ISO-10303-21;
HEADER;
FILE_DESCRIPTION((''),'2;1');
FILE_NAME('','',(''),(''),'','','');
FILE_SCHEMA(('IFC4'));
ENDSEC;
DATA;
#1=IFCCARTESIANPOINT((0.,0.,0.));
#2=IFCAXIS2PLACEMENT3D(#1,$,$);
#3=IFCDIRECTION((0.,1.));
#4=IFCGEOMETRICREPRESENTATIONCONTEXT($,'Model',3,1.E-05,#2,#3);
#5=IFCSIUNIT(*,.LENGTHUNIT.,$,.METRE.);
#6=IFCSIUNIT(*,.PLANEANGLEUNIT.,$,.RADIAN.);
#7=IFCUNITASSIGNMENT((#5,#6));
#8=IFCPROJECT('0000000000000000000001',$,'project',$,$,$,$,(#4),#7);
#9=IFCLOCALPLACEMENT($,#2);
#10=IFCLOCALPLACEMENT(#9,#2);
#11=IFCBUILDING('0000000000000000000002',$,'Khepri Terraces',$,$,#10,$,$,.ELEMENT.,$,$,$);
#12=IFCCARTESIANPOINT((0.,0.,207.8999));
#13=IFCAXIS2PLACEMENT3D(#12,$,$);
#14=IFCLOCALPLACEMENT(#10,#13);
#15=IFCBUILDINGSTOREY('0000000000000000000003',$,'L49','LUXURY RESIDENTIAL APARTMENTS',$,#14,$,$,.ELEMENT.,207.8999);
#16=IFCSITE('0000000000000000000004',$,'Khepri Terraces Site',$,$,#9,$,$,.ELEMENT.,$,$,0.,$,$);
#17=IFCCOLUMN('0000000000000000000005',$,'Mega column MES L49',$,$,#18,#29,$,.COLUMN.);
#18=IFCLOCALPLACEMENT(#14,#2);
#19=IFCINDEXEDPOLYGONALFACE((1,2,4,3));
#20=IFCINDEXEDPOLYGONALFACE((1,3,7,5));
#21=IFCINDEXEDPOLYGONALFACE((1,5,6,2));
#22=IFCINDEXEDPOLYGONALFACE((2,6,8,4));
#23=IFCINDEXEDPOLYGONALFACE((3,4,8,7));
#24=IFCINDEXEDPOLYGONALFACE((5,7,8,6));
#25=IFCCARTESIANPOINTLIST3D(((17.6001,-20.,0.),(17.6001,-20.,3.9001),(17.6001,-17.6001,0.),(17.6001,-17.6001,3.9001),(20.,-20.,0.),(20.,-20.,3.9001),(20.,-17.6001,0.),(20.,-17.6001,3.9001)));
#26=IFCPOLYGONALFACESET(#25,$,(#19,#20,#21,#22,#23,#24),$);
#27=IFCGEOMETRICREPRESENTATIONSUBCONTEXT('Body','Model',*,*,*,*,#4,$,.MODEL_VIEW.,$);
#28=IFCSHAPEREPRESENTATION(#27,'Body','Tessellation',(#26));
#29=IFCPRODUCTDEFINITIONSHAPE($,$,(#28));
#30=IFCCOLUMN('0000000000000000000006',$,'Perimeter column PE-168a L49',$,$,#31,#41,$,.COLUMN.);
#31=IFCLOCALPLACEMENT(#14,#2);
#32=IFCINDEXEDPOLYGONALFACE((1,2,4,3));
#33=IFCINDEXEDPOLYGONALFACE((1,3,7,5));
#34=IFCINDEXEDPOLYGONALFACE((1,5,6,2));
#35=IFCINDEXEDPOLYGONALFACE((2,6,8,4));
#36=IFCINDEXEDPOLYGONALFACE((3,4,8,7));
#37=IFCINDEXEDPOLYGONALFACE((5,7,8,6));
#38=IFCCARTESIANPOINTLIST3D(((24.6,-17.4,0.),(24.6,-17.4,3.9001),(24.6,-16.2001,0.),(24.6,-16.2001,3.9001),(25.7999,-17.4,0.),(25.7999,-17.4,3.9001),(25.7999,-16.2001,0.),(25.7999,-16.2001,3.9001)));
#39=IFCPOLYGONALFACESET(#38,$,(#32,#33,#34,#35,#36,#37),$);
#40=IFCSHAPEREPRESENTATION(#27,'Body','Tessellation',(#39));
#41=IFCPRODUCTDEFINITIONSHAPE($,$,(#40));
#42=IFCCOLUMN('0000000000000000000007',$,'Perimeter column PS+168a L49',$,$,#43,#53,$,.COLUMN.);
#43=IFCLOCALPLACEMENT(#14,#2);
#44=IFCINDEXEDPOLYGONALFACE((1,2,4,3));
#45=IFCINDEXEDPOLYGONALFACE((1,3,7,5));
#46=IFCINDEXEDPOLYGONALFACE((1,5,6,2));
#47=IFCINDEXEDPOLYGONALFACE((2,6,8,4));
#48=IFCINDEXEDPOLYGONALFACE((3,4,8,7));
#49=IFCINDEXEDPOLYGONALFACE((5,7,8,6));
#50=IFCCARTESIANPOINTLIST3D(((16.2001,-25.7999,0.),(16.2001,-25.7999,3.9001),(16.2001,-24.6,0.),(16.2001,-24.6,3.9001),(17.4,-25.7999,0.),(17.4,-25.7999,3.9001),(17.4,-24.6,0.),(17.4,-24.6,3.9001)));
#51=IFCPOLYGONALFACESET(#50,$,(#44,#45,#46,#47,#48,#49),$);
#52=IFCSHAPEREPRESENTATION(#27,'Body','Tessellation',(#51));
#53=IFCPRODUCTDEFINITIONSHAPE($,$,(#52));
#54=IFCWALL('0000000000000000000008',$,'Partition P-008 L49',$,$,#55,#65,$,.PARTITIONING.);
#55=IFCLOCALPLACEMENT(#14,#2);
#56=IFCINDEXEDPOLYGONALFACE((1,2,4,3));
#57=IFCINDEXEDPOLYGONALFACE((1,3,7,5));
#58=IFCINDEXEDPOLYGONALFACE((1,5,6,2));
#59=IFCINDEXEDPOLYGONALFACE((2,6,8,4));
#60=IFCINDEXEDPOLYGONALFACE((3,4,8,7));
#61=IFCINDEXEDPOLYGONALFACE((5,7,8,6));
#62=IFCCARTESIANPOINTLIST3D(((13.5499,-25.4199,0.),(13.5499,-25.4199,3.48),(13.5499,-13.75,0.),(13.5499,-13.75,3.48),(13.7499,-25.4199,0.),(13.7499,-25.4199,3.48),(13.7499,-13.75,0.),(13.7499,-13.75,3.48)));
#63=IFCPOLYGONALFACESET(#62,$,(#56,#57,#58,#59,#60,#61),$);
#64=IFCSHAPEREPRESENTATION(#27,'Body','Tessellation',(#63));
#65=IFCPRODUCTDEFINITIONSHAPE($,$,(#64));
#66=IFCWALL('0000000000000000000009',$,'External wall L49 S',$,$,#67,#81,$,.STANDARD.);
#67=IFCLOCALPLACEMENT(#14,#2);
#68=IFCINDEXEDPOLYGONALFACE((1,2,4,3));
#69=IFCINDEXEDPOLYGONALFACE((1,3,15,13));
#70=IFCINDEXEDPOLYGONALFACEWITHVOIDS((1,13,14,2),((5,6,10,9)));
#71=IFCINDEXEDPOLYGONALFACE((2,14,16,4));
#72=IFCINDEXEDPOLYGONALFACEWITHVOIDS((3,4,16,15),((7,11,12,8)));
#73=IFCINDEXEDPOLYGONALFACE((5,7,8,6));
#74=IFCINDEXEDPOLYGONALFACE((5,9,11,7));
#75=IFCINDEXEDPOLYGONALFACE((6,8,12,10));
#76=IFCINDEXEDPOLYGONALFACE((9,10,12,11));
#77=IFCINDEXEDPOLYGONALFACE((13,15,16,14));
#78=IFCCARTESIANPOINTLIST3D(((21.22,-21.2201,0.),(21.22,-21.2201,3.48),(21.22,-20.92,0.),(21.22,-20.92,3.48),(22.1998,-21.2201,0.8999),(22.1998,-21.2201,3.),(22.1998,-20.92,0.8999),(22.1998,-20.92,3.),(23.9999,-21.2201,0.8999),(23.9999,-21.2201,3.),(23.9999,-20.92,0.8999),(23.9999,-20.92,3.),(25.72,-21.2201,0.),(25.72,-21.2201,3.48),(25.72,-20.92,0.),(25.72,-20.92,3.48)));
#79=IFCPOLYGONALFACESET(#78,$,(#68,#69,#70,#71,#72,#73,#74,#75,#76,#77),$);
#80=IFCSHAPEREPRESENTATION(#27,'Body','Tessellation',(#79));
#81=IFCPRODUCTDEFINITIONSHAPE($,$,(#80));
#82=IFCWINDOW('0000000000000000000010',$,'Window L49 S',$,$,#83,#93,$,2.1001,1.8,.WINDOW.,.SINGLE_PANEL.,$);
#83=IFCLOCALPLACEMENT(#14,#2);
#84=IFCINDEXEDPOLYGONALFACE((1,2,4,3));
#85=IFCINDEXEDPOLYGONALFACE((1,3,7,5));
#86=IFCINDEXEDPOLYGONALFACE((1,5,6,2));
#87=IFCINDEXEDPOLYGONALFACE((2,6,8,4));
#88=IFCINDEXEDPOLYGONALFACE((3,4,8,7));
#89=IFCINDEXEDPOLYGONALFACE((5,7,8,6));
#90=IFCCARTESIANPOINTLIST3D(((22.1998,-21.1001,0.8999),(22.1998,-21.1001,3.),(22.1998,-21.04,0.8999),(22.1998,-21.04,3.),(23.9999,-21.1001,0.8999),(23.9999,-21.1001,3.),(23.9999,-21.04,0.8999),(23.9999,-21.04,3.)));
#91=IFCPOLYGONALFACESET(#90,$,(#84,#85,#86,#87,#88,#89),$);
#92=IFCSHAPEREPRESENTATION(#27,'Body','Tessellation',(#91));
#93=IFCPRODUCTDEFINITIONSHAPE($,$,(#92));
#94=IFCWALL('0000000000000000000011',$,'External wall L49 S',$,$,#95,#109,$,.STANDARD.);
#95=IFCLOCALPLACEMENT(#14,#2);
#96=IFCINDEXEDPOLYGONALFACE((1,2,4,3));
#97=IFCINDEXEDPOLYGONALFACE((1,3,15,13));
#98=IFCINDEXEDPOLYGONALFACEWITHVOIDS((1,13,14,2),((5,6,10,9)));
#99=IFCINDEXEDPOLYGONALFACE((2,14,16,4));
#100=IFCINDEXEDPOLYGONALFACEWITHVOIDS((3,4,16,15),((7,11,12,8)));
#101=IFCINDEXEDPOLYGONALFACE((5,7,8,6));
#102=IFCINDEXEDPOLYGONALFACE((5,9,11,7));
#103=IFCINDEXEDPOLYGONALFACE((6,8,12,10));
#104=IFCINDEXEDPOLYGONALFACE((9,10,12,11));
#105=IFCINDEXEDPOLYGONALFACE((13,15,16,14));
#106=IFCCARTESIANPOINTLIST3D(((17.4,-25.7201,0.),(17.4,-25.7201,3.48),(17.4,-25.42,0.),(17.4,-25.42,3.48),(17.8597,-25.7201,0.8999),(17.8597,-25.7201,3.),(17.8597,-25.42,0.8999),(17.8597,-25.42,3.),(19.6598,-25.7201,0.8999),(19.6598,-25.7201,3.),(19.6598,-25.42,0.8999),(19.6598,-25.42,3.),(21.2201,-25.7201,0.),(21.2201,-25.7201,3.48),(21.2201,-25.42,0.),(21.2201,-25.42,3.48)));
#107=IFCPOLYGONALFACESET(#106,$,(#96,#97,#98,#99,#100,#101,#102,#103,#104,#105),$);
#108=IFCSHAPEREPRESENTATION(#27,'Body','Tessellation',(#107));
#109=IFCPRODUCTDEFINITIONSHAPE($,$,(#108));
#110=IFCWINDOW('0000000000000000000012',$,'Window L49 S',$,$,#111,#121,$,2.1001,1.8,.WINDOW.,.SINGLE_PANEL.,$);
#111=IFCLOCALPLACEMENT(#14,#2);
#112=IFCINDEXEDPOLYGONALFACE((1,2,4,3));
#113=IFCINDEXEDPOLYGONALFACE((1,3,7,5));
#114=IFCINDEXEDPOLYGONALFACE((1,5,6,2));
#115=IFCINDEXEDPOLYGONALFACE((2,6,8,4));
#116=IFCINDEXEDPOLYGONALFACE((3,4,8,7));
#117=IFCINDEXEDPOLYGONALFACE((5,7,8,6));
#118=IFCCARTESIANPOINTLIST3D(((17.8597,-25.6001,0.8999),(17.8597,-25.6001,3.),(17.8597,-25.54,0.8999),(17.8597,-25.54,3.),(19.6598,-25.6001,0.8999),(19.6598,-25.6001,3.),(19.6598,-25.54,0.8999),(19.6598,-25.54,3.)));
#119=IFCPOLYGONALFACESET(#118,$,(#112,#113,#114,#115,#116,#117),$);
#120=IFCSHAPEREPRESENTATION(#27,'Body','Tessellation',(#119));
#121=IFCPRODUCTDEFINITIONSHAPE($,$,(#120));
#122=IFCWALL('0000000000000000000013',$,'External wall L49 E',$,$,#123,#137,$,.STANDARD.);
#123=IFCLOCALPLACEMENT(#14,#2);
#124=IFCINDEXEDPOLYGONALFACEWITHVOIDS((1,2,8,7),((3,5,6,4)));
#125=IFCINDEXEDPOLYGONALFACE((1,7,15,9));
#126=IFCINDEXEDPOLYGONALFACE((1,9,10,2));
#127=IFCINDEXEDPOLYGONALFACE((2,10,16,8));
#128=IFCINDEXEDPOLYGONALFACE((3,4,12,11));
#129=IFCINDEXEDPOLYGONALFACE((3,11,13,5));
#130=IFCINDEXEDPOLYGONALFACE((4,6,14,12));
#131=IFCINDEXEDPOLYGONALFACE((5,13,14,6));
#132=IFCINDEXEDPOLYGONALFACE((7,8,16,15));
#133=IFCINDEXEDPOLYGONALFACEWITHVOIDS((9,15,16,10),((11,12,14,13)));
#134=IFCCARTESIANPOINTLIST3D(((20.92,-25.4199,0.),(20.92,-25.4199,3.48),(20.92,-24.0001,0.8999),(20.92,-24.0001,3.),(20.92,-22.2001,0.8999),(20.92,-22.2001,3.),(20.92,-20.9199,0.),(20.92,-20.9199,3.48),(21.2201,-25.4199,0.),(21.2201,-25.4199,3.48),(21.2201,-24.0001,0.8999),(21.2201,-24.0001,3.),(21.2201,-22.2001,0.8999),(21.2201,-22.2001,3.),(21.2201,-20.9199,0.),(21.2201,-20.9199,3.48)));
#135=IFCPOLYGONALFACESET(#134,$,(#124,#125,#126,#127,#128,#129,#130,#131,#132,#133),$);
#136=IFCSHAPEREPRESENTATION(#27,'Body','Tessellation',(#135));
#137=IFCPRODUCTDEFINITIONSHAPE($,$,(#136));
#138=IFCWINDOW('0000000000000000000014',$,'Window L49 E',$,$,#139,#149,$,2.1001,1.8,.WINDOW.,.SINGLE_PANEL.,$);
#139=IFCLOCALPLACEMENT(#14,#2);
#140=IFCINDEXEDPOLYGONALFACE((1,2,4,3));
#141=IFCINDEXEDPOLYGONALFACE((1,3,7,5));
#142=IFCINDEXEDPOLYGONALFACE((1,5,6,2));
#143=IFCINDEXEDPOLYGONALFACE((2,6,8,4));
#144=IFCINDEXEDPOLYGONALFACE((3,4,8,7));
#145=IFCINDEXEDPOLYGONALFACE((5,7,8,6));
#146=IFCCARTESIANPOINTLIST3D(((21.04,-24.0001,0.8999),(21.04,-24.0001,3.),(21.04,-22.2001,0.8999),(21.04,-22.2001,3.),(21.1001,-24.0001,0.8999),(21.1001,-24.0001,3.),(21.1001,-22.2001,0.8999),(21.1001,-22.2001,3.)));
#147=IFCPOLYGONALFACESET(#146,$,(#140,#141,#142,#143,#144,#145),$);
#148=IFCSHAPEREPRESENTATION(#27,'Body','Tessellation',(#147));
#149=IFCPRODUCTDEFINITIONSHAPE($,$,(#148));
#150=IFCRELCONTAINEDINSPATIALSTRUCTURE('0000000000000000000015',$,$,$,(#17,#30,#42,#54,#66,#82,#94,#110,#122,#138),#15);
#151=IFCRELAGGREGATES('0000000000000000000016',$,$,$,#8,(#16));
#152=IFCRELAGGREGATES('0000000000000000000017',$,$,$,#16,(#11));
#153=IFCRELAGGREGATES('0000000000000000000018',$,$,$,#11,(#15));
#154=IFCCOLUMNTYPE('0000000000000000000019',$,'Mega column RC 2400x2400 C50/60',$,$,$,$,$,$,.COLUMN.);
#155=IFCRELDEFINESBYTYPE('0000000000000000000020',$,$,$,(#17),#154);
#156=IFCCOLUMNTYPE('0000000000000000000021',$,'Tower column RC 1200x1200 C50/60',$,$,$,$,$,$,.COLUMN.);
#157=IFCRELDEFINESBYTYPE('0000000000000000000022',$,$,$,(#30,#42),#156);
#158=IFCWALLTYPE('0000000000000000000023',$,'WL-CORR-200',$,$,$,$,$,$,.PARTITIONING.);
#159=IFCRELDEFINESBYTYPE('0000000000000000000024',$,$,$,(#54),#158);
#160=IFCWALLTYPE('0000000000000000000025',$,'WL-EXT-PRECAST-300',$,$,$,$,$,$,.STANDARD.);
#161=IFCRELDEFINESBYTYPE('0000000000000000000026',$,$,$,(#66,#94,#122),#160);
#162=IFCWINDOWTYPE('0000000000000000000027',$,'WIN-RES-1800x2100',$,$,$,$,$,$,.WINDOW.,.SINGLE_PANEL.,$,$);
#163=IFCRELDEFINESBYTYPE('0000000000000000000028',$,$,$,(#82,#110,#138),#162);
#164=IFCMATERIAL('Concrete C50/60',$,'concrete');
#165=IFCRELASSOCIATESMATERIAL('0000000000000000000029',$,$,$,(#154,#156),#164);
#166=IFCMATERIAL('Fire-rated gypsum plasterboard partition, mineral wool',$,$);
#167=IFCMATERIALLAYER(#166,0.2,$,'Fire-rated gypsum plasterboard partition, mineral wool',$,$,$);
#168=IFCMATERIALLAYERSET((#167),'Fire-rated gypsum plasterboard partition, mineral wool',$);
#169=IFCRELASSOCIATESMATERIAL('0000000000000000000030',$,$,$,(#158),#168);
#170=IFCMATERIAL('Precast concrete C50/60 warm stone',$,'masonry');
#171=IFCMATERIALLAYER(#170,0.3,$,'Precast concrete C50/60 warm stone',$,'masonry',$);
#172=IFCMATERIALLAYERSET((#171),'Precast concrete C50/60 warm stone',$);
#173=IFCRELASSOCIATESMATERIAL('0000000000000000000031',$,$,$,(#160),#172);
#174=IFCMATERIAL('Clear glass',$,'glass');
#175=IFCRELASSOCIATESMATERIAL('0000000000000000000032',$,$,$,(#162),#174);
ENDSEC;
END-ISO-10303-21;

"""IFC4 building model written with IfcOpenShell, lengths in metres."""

from ifc_helpers import new_model, si_unit, direction, frame, frame_2d, origin, origin_2d, place, context, subcontext, project, spatial, rectangle, extrude, material, layer, layer_set, material_profile, profile_set, type_object, element, fill, save


model = new_model("IFC4")

# Units and contexts
model_context = context("Model", 3, precision=1e-05, world=origin(), true_north=direction((0.0, 1.0)))
body_context = subcontext(model_context, "Body", "Model", "MODEL_VIEW")
ifc_project = project(units=[si_unit("LENGTHUNIT", "METRE"), si_unit("PLANEANGLEUNIT", "RADIAN")], contexts=[model_context])

# Site, building, storey
site_placement = place(None, origin())
site = spatial("IfcSite", under=ifc_project, at=site_placement, Name="Khepri Terraces Site", CompositionType="ELEMENT", RefElevation=0.0)
building_placement = place(site_placement, origin())
building = spatial("IfcBuilding", under=site, at=building_placement, Name="Khepri Terraces", CompositionType="ELEMENT")
storey_placement = place(building_placement, frame((0.0, 0.0, 207.8999)))
storey = spatial("IfcBuildingStorey", under=building, at=storey_placement, Name="L49", Description="LUXURY RESIDENTIAL APARTMENTS", CompositionType="ELEMENT", Elevation=207.8999)

# Columns
ifc_material_1 = material(Name="Concrete C50/60", Category="concrete")
ifc_material_profile_1 = material_profile(ifc_material_1, rectangle(XDim=2.3999, YDim=2.3999, at=origin_2d()), Name="Concrete C50/60", Category="concrete")
ifc_profile_set_1 = profile_set([ifc_material_profile_1], Name="Concrete C50/60")
column_type_1 = type_object("IfcColumnType", Name="Mega column RC 2400x2400 C50/60", PredefinedType="COLUMN", material=ifc_profile_set_1)
column_placement = place(storey_placement, frame((18.8, -18.8, 0.0), z_axis=(0.0, 0.0, 1.0), x_axis=(1.0, 0.0, 0.0)))
element("IfcColumn", 1, at=column_placement, inside=storey, type_object=column_type_1, Name="Mega column MES L49", PredefinedType="COLUMN", context=body_context, shape_type="SweptSolid", body=[
    extrude(rectangle(XDim=2.3999, YDim=2.3999, at=origin_2d()), origin(), (0.0, 0.0, 1.0), 3.9001),
])
ifc_material_profile_2 = material_profile(ifc_material_1, rectangle(XDim=1.2, YDim=1.2, at=origin_2d()), Name="Concrete C50/60", Category="concrete")
ifc_profile_set_2 = profile_set([ifc_material_profile_2], Name="Concrete C50/60")
column_type_2 = type_object("IfcColumnType", Name="Tower column RC 1200x1200 C50/60", PredefinedType="COLUMN", material=ifc_profile_set_2)
for number, where, z_axis, x_axis, name in (
    (2, (25.2, -16.8, 0.0), (0.0, 0.0, 1.0), (1.0, 0.0, 0.0), "Perimeter column PE-168a L49"),
    (3, (16.8, -25.2, 0.0), (0.0, 0.0, 1.0), (1.0, 0.0, 0.0), "Perimeter column PS+168a L49"),
):
    element("IfcColumn", number, at=place(storey_placement, frame(where, z_axis=z_axis, x_axis=x_axis)), inside=storey, type_object=column_type_2, Name=name, PredefinedType="COLUMN", context=body_context, shape_type="SweptSolid", body=[
        extrude(rectangle(XDim=1.2, YDim=1.2, at=origin_2d()), origin(), (0.0, 0.0, 1.0), 3.9001),
    ])

# Wall
ifc_material_2 = material(Name="Fire-rated gypsum plasterboard partition, mineral wool")
ifc_layer_1 = layer(ifc_material_2, 0.2, Name="Fire-rated gypsum plasterboard partition, mineral wool")
ifc_layer_set_1 = layer_set([ifc_layer_1], Name="Fire-rated gypsum plasterboard partition, mineral wool")
wall_type_1 = type_object("IfcWallType", Name="WL-CORR-200", PredefinedType="PARTITIONING", material=ifc_layer_set_1)
wall_1_placement = place(storey_placement, frame((13.6499, -25.4199, 0.0), z_axis=(0.0, 0.0, 1.0), x_axis=(0.0, 1.0, 0.0)))
element("IfcWall", 4, at=wall_1_placement, inside=storey, type_object=wall_type_1, Name="Partition P-008 L49", PredefinedType="PARTITIONING", context=body_context, shape_type="SweptSolid", body=[
    extrude(rectangle(XDim=11.6699, YDim=0.2, at=frame_2d((5.835, 0.0))), origin(), (0.0, 0.0, 1.0), 3.48),
])

# Wall, opening, window
ifc_material_3 = material(Name="Precast concrete C50/60 warm stone", Category="masonry")
ifc_layer_2 = layer(ifc_material_3, 0.3, Name="Precast concrete C50/60 warm stone", Category="masonry")
ifc_layer_set_2 = layer_set([ifc_layer_2], Name="Precast concrete C50/60 warm stone")
wall_type_2 = type_object("IfcWallType", Name="WL-EXT-PRECAST-300", PredefinedType="STANDARD", material=ifc_layer_set_2)
wall_2_placement = place(storey_placement, frame((21.22, -21.0701, 0.0), z_axis=(0.0, 0.0, 1.0), x_axis=(1.0, 0.0, 0.0)))
wall_2 = element("IfcWall", 5, at=wall_2_placement, inside=storey, type_object=wall_type_2, Name="External wall L49 S", PredefinedType="STANDARD", context=body_context, shape_type="SweptSolid", body=[
    extrude(rectangle(XDim=4.5, YDim=0.3, at=frame_2d((2.25, 0.0))), origin(), (0.0, 0.0, 1.0), 3.48),
])
opening_1_placement = place(wall_2_placement, frame((0.98, 0.0, 0.8999)))
opening_1 = element("IfcOpeningElement", 6, at=opening_1_placement, cuts=wall_2, PredefinedType="OPENING", context=body_context, shape_type="SweptSolid", body=[
    extrude(rectangle(XDim=1.8, YDim=2.1001, at=frame_2d((0.8999, 1.05))), frame((0.0, 0.1602, 0.0), z_axis=(0.0, -1.0, 0.0), x_axis=(1.0, 0.0, 0.0)), (0.0, 0.0, 1.0), 0.3201),
])
ifc_material_4 = material(Name="Clear glass", Category="glass")
window_type = type_object("IfcWindowType", Name="WIN-RES-1800x2100", PartitioningType="SINGLE_PANEL", PredefinedType="WINDOW", material=ifc_material_4)
window_1_placement = place(opening_1_placement, origin())
window_1 = element("IfcWindow", 7, at=window_1_placement, inside=storey, type_object=window_type, Name="Window L49 S", OverallHeight=2.1001, OverallWidth=1.8, PartitioningType="SINGLE_PANEL", PredefinedType="WINDOW", context=body_context, shape_type="SweptSolid", body=[
    extrude(rectangle(XDim=1.8, YDim=2.1001, at=frame_2d((0.8999, 1.05))), frame((0.0, 0.03, 0.0), z_axis=(0.0, -1.0, 0.0), x_axis=(1.0, 0.0, 0.0)), (0.0, 0.0, 1.0), 0.0601),
])
fill(opening_1, window_1)

# Walls, openings, windows
wall_3_placement = place(storey_placement, frame((17.3999, -25.5701, 0.0), z_axis=(0.0, 0.0, 1.0), x_axis=(1.0, 0.0, 0.0)))
wall_3 = element("IfcWall", 8, at=wall_3_placement, inside=storey, type_object=wall_type_2, Name="External wall L49 S", PredefinedType="STANDARD", context=body_context, shape_type="SweptSolid", body=[
    extrude(rectangle(XDim=3.8201, YDim=0.3, at=frame_2d((1.9102, 0.0))), origin(), (0.0, 0.0, 1.0), 3.48),
])
opening_2_placement = place(wall_3_placement, frame((0.46, 0.0, 0.8999)))
opening_2 = element("IfcOpeningElement", 9, at=opening_2_placement, cuts=wall_3, PredefinedType="OPENING", context=body_context, shape_type="SweptSolid", body=[
    extrude(rectangle(XDim=1.8, YDim=2.1001, at=frame_2d((0.8999, 1.05))), frame((0.0, 0.1602, 0.0), z_axis=(0.0, -1.0, 0.0), x_axis=(1.0, 0.0, 0.0)), (0.0, 0.0, 1.0), 0.3201),
])
window_2_placement = place(opening_2_placement, origin())
window_2 = element("IfcWindow", 10, at=window_2_placement, inside=storey, type_object=window_type, Name="Window L49 S", OverallHeight=2.1001, OverallWidth=1.8, PartitioningType="SINGLE_PANEL", PredefinedType="WINDOW", context=body_context, shape_type="SweptSolid", body=[
    extrude(rectangle(XDim=1.8, YDim=2.1001, at=frame_2d((0.8999, 1.05))), frame((0.0, 0.03, 0.0), z_axis=(0.0, -1.0, 0.0), x_axis=(1.0, 0.0, 0.0)), (0.0, 0.0, 1.0), 0.0601),
])
fill(opening_2, window_2)
wall_4_placement = place(storey_placement, frame((21.0701, -25.4199, 0.0), z_axis=(0.0, 0.0, 1.0), x_axis=(0.0, 1.0, 0.0)))
wall_4 = element("IfcWall", 11, at=wall_4_placement, inside=storey, type_object=wall_type_2, Name="External wall L49 E", PredefinedType="STANDARD", context=body_context, shape_type="SweptSolid", body=[
    extrude(rectangle(XDim=4.5, YDim=0.3, at=frame_2d((2.25, 0.0))), origin(), (0.0, 0.0, 1.0), 3.48),
])
opening_3_placement = place(wall_4_placement, frame((1.4199, 0.0, 0.8999)))
opening_3 = element("IfcOpeningElement", 12, at=opening_3_placement, cuts=wall_4, PredefinedType="OPENING", context=body_context, shape_type="SweptSolid", body=[
    extrude(rectangle(XDim=1.8, YDim=2.1001, at=frame_2d((0.8999, 1.05))), frame((0.0, 0.1602, 0.0), z_axis=(0.0, -1.0, 0.0), x_axis=(1.0, 0.0, 0.0)), (0.0, 0.0, 1.0), 0.3201),
])
window_3_placement = place(opening_3_placement, origin())
window_3 = element("IfcWindow", 13, at=window_3_placement, inside=storey, type_object=window_type, Name="Window L49 E", OverallHeight=2.1001, OverallWidth=1.8, PartitioningType="SINGLE_PANEL", PredefinedType="WINDOW", context=body_context, shape_type="SweptSolid", body=[
    extrude(rectangle(XDim=1.8, YDim=2.1001, at=frame_2d((0.8999, 1.05))), frame((0.0, 0.03, 0.0), z_axis=(0.0, -1.0, 0.0), x_axis=(1.0, 0.0, 0.0)), (0.0, 0.0, 1.0), 0.0601),
])
fill(opening_3, window_3)

save(model, "model.ifc")
